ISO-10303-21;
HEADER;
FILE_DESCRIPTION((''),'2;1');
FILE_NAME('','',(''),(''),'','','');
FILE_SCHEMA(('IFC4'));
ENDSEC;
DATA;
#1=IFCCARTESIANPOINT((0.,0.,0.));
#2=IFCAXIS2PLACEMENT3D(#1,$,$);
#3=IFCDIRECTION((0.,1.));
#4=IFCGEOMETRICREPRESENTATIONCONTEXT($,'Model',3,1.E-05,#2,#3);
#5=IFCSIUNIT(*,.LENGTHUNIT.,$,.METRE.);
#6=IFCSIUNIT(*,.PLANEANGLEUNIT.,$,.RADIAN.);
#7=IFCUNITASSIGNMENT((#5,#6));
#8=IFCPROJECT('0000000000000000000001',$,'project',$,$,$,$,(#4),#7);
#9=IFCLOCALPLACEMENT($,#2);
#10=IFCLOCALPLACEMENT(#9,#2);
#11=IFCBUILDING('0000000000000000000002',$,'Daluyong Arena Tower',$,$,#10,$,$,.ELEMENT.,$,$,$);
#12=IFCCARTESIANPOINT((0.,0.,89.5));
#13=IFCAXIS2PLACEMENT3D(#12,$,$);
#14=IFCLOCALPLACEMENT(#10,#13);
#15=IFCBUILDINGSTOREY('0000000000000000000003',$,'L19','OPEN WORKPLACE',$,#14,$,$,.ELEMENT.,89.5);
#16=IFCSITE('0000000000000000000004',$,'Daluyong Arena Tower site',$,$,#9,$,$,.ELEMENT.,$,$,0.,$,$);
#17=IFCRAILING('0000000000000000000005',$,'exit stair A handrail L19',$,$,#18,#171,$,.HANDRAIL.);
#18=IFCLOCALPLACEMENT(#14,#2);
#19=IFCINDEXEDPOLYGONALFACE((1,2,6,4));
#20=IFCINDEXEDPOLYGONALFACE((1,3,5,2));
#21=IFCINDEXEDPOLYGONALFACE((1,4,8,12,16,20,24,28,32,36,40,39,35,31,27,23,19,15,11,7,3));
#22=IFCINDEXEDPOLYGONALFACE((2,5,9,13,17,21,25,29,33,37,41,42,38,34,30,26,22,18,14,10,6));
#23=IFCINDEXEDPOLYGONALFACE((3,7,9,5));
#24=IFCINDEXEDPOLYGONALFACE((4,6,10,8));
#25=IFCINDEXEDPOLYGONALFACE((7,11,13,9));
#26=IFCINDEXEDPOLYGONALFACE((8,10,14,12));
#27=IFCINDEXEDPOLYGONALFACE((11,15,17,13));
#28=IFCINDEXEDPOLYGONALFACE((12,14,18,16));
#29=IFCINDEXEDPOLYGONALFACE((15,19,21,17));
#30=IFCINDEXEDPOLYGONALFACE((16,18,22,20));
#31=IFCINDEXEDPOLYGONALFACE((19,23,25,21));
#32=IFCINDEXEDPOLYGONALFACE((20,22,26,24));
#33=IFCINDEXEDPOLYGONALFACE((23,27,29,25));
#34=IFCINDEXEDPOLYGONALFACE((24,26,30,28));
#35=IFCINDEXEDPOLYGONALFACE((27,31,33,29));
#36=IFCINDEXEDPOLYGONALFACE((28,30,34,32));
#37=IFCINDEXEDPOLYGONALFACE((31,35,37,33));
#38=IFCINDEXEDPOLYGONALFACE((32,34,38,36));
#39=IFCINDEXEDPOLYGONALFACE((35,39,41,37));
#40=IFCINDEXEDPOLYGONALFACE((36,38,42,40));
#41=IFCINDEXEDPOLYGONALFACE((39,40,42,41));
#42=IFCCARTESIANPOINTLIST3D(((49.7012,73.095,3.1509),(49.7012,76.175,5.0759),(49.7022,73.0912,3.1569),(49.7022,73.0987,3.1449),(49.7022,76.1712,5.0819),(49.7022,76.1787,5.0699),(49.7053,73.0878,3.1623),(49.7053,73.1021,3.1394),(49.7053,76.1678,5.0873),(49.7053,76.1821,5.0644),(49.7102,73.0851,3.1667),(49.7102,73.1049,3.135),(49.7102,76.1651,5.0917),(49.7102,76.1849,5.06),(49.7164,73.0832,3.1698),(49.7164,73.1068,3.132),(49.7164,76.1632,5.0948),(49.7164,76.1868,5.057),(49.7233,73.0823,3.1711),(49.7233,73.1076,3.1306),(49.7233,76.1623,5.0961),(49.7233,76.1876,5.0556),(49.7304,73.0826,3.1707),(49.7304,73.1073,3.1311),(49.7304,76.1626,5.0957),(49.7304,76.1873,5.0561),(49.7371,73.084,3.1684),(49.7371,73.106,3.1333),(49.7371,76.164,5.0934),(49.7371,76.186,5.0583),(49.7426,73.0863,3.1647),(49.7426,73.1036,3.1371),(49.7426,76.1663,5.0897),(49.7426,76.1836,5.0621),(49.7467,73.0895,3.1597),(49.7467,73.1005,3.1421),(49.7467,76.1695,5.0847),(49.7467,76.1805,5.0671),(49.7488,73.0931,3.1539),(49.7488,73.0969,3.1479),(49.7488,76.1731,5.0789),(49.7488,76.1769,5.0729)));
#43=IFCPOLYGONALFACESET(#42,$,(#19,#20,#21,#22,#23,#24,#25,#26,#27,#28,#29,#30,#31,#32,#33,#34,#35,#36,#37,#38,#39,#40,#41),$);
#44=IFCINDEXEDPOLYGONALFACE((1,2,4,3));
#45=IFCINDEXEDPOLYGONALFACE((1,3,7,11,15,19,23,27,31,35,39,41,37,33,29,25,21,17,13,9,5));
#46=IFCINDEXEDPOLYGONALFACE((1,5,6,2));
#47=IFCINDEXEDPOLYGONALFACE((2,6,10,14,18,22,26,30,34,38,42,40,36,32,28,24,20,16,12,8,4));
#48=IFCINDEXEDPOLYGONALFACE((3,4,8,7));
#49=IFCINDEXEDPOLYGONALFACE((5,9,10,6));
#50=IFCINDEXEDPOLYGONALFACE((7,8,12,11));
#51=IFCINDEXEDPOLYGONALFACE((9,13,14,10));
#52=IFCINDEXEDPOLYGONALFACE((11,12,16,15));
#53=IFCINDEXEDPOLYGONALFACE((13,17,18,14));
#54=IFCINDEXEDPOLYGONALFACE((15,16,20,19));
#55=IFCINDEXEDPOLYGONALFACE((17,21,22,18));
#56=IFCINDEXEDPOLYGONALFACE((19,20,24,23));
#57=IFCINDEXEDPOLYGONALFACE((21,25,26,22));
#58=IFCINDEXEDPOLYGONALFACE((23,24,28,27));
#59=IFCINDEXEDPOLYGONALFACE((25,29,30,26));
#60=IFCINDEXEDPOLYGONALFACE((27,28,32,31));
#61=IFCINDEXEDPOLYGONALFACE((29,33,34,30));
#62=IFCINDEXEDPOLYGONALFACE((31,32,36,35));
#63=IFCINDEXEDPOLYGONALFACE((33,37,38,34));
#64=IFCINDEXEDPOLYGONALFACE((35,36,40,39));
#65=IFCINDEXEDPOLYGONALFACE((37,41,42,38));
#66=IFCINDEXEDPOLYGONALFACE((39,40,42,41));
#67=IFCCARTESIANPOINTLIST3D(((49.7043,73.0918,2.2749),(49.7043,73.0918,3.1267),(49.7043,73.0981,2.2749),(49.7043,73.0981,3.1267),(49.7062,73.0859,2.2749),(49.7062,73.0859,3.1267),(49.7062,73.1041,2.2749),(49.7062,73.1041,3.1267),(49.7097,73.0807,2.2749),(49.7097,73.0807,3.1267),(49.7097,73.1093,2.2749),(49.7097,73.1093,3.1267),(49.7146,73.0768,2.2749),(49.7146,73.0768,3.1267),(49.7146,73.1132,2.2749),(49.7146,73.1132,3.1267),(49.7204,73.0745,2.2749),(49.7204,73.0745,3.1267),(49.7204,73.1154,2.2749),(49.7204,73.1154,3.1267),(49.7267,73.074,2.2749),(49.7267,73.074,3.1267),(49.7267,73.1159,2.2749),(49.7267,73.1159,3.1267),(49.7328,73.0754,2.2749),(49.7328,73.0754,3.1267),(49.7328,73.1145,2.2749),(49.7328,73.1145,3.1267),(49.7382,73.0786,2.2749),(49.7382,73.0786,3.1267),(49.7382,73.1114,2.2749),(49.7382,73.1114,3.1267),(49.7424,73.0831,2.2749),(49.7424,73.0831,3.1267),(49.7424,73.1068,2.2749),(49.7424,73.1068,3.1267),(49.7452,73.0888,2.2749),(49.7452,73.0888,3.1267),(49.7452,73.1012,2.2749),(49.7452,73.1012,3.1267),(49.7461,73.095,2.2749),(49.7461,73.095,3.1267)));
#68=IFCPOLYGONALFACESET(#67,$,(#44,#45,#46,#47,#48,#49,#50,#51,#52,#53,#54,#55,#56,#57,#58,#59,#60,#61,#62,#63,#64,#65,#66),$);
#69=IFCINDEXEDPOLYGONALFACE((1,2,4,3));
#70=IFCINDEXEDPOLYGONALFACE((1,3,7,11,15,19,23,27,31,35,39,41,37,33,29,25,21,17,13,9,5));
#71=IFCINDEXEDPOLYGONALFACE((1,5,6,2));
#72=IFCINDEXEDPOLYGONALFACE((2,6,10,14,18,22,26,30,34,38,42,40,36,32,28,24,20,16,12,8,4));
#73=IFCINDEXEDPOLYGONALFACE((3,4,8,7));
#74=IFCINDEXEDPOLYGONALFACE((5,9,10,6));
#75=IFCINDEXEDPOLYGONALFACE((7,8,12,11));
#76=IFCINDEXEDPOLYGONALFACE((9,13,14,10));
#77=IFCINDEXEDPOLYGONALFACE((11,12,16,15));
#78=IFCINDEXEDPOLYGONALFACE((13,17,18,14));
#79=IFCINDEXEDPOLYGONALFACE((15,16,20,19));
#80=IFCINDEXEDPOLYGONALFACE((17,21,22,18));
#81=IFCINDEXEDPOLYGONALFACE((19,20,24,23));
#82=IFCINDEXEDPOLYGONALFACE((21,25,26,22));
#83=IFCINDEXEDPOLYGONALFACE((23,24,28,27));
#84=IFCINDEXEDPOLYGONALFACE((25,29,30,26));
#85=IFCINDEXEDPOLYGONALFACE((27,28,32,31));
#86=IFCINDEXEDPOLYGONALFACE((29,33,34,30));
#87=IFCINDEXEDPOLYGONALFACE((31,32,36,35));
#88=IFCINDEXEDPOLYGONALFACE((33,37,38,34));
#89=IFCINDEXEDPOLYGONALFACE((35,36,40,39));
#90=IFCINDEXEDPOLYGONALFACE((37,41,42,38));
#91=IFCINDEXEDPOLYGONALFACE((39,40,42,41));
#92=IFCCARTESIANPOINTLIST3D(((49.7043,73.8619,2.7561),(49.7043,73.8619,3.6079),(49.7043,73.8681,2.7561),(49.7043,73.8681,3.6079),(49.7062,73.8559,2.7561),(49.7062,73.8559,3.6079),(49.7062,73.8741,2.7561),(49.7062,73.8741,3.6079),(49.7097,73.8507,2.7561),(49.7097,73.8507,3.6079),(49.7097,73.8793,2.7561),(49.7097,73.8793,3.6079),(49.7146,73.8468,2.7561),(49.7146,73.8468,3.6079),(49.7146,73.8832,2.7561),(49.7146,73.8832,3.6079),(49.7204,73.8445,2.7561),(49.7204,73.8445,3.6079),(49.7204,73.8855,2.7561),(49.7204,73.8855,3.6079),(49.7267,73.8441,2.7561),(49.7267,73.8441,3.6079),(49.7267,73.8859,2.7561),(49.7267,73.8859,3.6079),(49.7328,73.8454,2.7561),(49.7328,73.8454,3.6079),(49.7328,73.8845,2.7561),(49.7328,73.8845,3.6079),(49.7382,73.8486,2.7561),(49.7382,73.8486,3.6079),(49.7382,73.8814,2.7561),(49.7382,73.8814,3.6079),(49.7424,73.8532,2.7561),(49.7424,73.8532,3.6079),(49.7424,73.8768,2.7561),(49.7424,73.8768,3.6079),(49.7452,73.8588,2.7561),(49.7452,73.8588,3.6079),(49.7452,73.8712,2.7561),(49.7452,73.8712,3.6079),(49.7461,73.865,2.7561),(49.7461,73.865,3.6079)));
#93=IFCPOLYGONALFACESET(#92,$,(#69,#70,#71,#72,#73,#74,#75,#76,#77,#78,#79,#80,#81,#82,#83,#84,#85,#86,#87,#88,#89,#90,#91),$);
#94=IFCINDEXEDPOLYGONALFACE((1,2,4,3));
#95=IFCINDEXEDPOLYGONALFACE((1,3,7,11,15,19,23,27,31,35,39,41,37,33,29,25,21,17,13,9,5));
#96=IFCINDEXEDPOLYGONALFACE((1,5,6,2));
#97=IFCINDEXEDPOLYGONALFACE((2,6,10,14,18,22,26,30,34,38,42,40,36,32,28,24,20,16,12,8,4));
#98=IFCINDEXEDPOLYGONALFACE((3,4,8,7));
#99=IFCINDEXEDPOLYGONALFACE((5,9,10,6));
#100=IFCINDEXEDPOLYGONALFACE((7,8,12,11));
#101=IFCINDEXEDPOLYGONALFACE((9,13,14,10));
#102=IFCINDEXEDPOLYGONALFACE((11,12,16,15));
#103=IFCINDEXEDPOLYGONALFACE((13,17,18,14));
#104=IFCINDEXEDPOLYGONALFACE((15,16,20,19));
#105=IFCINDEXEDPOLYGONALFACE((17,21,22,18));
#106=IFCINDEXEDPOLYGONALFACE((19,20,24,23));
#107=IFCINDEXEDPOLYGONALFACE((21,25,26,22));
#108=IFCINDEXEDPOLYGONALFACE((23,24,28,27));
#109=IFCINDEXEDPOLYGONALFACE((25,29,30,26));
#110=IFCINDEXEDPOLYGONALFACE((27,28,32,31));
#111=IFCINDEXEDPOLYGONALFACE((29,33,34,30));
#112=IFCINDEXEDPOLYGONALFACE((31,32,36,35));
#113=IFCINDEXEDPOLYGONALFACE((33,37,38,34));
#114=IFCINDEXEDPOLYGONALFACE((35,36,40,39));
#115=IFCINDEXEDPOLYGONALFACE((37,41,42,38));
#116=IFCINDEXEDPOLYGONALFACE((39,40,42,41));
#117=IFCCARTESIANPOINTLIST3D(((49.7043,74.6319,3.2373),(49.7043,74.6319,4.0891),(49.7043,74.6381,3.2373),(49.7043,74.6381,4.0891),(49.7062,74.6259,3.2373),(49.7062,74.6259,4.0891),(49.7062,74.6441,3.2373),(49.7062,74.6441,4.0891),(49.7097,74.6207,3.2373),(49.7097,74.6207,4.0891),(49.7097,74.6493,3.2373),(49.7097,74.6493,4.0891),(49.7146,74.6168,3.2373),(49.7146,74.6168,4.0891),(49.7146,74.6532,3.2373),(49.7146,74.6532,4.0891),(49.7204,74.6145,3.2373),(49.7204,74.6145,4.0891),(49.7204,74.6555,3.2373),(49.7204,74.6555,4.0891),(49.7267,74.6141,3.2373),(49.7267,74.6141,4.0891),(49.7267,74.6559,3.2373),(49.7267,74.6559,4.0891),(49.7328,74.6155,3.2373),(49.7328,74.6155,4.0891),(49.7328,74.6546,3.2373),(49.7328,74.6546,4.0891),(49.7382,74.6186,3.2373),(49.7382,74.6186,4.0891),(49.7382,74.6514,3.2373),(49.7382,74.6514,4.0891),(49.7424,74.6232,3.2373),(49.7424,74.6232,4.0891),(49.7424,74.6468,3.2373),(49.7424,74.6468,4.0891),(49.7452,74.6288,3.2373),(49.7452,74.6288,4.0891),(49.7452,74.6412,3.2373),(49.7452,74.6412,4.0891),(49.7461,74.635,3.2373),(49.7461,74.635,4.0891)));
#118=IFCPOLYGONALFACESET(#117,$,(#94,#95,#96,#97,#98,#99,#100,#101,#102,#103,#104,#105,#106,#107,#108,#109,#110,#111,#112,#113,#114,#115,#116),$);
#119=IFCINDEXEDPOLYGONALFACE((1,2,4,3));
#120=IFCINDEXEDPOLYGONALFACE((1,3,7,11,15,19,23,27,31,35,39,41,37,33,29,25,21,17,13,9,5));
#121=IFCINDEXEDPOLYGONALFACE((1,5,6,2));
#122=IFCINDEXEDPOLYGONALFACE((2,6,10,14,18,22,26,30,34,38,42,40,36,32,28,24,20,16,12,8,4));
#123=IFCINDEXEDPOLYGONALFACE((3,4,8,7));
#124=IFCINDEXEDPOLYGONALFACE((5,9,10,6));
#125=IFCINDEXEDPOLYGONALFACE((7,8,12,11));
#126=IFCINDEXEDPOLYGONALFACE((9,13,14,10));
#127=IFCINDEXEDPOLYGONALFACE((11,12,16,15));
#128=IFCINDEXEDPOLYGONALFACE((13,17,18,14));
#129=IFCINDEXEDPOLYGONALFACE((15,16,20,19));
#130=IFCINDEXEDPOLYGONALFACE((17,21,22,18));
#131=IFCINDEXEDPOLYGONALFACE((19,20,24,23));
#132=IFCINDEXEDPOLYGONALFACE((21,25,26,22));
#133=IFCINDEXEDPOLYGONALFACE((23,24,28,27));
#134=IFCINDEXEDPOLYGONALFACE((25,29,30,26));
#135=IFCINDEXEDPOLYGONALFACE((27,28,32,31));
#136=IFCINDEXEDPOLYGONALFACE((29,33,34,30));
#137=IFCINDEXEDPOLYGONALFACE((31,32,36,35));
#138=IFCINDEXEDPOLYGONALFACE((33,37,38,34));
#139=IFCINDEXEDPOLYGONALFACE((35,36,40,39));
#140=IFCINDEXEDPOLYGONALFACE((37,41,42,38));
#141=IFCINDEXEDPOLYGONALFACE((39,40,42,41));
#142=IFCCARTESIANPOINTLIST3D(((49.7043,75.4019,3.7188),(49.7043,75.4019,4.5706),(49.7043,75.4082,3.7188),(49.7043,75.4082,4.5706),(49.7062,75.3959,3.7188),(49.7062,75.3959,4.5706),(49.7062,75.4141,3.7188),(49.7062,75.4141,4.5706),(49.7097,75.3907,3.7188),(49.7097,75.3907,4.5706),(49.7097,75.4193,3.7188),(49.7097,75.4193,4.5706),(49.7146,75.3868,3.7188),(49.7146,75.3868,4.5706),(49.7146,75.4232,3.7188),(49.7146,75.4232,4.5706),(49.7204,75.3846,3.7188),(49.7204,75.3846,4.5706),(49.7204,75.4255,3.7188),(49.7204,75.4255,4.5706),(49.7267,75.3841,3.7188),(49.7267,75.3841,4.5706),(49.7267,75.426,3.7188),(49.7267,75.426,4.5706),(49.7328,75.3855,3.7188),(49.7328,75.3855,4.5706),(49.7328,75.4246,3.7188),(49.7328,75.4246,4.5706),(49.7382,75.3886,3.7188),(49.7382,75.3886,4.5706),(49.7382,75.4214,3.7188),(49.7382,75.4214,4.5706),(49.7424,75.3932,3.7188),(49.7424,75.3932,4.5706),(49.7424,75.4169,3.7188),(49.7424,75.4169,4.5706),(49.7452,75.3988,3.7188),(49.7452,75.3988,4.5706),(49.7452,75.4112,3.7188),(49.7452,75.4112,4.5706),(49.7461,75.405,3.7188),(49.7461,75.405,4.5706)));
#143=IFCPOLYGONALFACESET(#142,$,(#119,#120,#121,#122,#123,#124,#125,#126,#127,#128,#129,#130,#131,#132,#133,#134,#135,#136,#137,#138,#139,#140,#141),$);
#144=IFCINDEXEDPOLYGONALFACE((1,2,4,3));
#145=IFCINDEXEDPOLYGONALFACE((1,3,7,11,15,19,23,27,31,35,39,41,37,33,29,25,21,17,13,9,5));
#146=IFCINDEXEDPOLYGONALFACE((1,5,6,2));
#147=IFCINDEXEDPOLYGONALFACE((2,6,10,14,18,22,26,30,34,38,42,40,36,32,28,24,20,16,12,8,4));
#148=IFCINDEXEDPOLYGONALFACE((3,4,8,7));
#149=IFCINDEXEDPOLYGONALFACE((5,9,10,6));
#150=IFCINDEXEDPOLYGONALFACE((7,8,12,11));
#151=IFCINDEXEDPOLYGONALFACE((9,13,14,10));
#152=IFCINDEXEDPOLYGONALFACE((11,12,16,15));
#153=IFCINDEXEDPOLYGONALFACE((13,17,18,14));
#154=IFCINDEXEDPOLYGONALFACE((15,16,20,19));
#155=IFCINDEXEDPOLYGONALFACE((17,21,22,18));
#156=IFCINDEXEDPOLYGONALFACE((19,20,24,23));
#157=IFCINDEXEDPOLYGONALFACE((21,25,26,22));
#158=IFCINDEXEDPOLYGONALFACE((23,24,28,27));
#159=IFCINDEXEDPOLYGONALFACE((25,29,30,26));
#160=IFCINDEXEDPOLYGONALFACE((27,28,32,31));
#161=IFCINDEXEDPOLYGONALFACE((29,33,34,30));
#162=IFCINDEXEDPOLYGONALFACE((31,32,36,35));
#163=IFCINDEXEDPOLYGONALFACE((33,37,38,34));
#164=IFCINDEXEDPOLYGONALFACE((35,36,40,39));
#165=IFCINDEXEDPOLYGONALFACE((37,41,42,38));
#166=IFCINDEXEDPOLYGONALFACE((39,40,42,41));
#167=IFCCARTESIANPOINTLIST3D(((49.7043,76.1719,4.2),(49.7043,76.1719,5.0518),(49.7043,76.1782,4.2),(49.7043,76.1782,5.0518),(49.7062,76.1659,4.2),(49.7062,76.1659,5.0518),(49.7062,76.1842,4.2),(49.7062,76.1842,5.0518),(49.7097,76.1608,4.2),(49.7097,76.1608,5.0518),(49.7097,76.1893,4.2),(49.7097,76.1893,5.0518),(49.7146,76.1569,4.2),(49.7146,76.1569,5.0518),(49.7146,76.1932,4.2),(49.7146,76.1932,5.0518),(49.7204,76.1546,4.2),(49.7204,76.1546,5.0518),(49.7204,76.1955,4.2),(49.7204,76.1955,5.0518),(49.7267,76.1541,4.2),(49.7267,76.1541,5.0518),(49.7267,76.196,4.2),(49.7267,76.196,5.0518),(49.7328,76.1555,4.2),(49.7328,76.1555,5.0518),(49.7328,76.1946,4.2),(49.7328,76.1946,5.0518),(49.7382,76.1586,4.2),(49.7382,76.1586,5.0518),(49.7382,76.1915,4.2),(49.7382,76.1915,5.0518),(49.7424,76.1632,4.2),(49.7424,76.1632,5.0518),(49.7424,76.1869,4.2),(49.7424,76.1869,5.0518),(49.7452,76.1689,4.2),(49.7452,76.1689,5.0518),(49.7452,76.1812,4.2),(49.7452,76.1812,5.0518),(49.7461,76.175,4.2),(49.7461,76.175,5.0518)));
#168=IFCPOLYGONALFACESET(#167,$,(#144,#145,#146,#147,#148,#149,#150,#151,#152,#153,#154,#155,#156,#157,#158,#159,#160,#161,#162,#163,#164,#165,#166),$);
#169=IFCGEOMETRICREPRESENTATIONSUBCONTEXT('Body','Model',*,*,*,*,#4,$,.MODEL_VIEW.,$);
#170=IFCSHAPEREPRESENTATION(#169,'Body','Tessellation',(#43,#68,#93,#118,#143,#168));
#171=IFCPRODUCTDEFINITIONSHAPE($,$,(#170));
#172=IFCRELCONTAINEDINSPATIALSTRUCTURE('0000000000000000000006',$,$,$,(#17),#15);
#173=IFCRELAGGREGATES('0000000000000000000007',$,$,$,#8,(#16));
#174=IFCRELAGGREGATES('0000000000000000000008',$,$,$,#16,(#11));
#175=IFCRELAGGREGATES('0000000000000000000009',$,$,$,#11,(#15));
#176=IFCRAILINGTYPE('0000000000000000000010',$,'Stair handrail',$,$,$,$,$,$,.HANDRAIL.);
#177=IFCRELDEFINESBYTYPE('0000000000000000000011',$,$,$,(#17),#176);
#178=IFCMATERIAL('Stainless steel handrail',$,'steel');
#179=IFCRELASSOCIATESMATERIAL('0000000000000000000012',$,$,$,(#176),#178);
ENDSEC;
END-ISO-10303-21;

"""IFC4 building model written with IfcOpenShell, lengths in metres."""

from ifc_helpers import new_model, si_unit, direction, frame, origin, origin_2d, place, context, subcontext, project, spatial, circle, extrude, material, type_object, element, save


model = new_model("IFC4")

# Units and contexts
model_context = context("Model", 3, precision=1e-05, world=origin(), true_north=direction((0.0, 1.0)))
body_context = subcontext(model_context, "Body", "Model", "MODEL_VIEW")
ifc_project = project(units=[si_unit("LENGTHUNIT", "METRE"), si_unit("PLANEANGLEUNIT", "RADIAN")], contexts=[model_context])

# Site, building, storey
site_placement = place(None, origin())
site = spatial("IfcSite", under=ifc_project, at=site_placement, Name="Daluyong Arena Tower site", CompositionType="ELEMENT", RefElevation=0.0)
building_placement = place(site_placement, origin())
building = spatial("IfcBuilding", under=site, at=building_placement, Name="Daluyong Arena Tower", CompositionType="ELEMENT")
storey_placement = place(building_placement, frame((0.0, 0.0, 89.5)))
storey = spatial("IfcBuildingStorey", under=building, at=storey_placement, Name="L19", Description="OPEN WORKPLACE", CompositionType="ELEMENT", Elevation=89.5)

# Railing
ifc_material_1 = material(Name="Stainless steel handrail", Category="steel")
railing_type_1 = type_object("IfcRailingType", Name="Stair handrail", PredefinedType="HANDRAIL", material=ifc_material_1)
railing_1_placement = place(storey_placement, frame((49.7251, 73.095, 2.2749)))
element("IfcRailing", 1, at=railing_1_placement, inside=storey, type_object=railing_type_1, Name="exit stair A handrail L19", PredefinedType="HANDRAIL", context=body_context, shape_type="SweptSolid", body=[
    extrude(circle(Radius=0.0239, at=origin_2d()), frame((0.0, 0.0, 0.876), z_axis=(0.0, 0.847998, 0.529999), x_axis=(-1.0, 0.0, 0.0)), (0.0, 0.0, 1.0), 3.6321),
    extrude(circle(Radius=0.021, at=origin_2d()), origin(), (0.0, 0.0, 1.0), 0.8518),
    extrude(circle(Radius=0.021, at=origin_2d()), frame((0.0, 0.77, 0.4812)), (0.0, 0.0, 1.0), 0.8518),
    extrude(circle(Radius=0.021, at=origin_2d()), frame((0.0, 1.54, 0.9624)), (0.0, 0.0, 1.0), 0.8518),
    extrude(circle(Radius=0.021, at=origin_2d()), frame((0.0, 2.3101, 1.4438)), (0.0, 0.0, 1.0), 0.8518),
    extrude(circle(Radius=0.021, at=origin_2d()), frame((0.0, 3.0801, 1.925)), (0.0, 0.0, 1.0), 0.8518),
])

save(model, "model.ifc")
